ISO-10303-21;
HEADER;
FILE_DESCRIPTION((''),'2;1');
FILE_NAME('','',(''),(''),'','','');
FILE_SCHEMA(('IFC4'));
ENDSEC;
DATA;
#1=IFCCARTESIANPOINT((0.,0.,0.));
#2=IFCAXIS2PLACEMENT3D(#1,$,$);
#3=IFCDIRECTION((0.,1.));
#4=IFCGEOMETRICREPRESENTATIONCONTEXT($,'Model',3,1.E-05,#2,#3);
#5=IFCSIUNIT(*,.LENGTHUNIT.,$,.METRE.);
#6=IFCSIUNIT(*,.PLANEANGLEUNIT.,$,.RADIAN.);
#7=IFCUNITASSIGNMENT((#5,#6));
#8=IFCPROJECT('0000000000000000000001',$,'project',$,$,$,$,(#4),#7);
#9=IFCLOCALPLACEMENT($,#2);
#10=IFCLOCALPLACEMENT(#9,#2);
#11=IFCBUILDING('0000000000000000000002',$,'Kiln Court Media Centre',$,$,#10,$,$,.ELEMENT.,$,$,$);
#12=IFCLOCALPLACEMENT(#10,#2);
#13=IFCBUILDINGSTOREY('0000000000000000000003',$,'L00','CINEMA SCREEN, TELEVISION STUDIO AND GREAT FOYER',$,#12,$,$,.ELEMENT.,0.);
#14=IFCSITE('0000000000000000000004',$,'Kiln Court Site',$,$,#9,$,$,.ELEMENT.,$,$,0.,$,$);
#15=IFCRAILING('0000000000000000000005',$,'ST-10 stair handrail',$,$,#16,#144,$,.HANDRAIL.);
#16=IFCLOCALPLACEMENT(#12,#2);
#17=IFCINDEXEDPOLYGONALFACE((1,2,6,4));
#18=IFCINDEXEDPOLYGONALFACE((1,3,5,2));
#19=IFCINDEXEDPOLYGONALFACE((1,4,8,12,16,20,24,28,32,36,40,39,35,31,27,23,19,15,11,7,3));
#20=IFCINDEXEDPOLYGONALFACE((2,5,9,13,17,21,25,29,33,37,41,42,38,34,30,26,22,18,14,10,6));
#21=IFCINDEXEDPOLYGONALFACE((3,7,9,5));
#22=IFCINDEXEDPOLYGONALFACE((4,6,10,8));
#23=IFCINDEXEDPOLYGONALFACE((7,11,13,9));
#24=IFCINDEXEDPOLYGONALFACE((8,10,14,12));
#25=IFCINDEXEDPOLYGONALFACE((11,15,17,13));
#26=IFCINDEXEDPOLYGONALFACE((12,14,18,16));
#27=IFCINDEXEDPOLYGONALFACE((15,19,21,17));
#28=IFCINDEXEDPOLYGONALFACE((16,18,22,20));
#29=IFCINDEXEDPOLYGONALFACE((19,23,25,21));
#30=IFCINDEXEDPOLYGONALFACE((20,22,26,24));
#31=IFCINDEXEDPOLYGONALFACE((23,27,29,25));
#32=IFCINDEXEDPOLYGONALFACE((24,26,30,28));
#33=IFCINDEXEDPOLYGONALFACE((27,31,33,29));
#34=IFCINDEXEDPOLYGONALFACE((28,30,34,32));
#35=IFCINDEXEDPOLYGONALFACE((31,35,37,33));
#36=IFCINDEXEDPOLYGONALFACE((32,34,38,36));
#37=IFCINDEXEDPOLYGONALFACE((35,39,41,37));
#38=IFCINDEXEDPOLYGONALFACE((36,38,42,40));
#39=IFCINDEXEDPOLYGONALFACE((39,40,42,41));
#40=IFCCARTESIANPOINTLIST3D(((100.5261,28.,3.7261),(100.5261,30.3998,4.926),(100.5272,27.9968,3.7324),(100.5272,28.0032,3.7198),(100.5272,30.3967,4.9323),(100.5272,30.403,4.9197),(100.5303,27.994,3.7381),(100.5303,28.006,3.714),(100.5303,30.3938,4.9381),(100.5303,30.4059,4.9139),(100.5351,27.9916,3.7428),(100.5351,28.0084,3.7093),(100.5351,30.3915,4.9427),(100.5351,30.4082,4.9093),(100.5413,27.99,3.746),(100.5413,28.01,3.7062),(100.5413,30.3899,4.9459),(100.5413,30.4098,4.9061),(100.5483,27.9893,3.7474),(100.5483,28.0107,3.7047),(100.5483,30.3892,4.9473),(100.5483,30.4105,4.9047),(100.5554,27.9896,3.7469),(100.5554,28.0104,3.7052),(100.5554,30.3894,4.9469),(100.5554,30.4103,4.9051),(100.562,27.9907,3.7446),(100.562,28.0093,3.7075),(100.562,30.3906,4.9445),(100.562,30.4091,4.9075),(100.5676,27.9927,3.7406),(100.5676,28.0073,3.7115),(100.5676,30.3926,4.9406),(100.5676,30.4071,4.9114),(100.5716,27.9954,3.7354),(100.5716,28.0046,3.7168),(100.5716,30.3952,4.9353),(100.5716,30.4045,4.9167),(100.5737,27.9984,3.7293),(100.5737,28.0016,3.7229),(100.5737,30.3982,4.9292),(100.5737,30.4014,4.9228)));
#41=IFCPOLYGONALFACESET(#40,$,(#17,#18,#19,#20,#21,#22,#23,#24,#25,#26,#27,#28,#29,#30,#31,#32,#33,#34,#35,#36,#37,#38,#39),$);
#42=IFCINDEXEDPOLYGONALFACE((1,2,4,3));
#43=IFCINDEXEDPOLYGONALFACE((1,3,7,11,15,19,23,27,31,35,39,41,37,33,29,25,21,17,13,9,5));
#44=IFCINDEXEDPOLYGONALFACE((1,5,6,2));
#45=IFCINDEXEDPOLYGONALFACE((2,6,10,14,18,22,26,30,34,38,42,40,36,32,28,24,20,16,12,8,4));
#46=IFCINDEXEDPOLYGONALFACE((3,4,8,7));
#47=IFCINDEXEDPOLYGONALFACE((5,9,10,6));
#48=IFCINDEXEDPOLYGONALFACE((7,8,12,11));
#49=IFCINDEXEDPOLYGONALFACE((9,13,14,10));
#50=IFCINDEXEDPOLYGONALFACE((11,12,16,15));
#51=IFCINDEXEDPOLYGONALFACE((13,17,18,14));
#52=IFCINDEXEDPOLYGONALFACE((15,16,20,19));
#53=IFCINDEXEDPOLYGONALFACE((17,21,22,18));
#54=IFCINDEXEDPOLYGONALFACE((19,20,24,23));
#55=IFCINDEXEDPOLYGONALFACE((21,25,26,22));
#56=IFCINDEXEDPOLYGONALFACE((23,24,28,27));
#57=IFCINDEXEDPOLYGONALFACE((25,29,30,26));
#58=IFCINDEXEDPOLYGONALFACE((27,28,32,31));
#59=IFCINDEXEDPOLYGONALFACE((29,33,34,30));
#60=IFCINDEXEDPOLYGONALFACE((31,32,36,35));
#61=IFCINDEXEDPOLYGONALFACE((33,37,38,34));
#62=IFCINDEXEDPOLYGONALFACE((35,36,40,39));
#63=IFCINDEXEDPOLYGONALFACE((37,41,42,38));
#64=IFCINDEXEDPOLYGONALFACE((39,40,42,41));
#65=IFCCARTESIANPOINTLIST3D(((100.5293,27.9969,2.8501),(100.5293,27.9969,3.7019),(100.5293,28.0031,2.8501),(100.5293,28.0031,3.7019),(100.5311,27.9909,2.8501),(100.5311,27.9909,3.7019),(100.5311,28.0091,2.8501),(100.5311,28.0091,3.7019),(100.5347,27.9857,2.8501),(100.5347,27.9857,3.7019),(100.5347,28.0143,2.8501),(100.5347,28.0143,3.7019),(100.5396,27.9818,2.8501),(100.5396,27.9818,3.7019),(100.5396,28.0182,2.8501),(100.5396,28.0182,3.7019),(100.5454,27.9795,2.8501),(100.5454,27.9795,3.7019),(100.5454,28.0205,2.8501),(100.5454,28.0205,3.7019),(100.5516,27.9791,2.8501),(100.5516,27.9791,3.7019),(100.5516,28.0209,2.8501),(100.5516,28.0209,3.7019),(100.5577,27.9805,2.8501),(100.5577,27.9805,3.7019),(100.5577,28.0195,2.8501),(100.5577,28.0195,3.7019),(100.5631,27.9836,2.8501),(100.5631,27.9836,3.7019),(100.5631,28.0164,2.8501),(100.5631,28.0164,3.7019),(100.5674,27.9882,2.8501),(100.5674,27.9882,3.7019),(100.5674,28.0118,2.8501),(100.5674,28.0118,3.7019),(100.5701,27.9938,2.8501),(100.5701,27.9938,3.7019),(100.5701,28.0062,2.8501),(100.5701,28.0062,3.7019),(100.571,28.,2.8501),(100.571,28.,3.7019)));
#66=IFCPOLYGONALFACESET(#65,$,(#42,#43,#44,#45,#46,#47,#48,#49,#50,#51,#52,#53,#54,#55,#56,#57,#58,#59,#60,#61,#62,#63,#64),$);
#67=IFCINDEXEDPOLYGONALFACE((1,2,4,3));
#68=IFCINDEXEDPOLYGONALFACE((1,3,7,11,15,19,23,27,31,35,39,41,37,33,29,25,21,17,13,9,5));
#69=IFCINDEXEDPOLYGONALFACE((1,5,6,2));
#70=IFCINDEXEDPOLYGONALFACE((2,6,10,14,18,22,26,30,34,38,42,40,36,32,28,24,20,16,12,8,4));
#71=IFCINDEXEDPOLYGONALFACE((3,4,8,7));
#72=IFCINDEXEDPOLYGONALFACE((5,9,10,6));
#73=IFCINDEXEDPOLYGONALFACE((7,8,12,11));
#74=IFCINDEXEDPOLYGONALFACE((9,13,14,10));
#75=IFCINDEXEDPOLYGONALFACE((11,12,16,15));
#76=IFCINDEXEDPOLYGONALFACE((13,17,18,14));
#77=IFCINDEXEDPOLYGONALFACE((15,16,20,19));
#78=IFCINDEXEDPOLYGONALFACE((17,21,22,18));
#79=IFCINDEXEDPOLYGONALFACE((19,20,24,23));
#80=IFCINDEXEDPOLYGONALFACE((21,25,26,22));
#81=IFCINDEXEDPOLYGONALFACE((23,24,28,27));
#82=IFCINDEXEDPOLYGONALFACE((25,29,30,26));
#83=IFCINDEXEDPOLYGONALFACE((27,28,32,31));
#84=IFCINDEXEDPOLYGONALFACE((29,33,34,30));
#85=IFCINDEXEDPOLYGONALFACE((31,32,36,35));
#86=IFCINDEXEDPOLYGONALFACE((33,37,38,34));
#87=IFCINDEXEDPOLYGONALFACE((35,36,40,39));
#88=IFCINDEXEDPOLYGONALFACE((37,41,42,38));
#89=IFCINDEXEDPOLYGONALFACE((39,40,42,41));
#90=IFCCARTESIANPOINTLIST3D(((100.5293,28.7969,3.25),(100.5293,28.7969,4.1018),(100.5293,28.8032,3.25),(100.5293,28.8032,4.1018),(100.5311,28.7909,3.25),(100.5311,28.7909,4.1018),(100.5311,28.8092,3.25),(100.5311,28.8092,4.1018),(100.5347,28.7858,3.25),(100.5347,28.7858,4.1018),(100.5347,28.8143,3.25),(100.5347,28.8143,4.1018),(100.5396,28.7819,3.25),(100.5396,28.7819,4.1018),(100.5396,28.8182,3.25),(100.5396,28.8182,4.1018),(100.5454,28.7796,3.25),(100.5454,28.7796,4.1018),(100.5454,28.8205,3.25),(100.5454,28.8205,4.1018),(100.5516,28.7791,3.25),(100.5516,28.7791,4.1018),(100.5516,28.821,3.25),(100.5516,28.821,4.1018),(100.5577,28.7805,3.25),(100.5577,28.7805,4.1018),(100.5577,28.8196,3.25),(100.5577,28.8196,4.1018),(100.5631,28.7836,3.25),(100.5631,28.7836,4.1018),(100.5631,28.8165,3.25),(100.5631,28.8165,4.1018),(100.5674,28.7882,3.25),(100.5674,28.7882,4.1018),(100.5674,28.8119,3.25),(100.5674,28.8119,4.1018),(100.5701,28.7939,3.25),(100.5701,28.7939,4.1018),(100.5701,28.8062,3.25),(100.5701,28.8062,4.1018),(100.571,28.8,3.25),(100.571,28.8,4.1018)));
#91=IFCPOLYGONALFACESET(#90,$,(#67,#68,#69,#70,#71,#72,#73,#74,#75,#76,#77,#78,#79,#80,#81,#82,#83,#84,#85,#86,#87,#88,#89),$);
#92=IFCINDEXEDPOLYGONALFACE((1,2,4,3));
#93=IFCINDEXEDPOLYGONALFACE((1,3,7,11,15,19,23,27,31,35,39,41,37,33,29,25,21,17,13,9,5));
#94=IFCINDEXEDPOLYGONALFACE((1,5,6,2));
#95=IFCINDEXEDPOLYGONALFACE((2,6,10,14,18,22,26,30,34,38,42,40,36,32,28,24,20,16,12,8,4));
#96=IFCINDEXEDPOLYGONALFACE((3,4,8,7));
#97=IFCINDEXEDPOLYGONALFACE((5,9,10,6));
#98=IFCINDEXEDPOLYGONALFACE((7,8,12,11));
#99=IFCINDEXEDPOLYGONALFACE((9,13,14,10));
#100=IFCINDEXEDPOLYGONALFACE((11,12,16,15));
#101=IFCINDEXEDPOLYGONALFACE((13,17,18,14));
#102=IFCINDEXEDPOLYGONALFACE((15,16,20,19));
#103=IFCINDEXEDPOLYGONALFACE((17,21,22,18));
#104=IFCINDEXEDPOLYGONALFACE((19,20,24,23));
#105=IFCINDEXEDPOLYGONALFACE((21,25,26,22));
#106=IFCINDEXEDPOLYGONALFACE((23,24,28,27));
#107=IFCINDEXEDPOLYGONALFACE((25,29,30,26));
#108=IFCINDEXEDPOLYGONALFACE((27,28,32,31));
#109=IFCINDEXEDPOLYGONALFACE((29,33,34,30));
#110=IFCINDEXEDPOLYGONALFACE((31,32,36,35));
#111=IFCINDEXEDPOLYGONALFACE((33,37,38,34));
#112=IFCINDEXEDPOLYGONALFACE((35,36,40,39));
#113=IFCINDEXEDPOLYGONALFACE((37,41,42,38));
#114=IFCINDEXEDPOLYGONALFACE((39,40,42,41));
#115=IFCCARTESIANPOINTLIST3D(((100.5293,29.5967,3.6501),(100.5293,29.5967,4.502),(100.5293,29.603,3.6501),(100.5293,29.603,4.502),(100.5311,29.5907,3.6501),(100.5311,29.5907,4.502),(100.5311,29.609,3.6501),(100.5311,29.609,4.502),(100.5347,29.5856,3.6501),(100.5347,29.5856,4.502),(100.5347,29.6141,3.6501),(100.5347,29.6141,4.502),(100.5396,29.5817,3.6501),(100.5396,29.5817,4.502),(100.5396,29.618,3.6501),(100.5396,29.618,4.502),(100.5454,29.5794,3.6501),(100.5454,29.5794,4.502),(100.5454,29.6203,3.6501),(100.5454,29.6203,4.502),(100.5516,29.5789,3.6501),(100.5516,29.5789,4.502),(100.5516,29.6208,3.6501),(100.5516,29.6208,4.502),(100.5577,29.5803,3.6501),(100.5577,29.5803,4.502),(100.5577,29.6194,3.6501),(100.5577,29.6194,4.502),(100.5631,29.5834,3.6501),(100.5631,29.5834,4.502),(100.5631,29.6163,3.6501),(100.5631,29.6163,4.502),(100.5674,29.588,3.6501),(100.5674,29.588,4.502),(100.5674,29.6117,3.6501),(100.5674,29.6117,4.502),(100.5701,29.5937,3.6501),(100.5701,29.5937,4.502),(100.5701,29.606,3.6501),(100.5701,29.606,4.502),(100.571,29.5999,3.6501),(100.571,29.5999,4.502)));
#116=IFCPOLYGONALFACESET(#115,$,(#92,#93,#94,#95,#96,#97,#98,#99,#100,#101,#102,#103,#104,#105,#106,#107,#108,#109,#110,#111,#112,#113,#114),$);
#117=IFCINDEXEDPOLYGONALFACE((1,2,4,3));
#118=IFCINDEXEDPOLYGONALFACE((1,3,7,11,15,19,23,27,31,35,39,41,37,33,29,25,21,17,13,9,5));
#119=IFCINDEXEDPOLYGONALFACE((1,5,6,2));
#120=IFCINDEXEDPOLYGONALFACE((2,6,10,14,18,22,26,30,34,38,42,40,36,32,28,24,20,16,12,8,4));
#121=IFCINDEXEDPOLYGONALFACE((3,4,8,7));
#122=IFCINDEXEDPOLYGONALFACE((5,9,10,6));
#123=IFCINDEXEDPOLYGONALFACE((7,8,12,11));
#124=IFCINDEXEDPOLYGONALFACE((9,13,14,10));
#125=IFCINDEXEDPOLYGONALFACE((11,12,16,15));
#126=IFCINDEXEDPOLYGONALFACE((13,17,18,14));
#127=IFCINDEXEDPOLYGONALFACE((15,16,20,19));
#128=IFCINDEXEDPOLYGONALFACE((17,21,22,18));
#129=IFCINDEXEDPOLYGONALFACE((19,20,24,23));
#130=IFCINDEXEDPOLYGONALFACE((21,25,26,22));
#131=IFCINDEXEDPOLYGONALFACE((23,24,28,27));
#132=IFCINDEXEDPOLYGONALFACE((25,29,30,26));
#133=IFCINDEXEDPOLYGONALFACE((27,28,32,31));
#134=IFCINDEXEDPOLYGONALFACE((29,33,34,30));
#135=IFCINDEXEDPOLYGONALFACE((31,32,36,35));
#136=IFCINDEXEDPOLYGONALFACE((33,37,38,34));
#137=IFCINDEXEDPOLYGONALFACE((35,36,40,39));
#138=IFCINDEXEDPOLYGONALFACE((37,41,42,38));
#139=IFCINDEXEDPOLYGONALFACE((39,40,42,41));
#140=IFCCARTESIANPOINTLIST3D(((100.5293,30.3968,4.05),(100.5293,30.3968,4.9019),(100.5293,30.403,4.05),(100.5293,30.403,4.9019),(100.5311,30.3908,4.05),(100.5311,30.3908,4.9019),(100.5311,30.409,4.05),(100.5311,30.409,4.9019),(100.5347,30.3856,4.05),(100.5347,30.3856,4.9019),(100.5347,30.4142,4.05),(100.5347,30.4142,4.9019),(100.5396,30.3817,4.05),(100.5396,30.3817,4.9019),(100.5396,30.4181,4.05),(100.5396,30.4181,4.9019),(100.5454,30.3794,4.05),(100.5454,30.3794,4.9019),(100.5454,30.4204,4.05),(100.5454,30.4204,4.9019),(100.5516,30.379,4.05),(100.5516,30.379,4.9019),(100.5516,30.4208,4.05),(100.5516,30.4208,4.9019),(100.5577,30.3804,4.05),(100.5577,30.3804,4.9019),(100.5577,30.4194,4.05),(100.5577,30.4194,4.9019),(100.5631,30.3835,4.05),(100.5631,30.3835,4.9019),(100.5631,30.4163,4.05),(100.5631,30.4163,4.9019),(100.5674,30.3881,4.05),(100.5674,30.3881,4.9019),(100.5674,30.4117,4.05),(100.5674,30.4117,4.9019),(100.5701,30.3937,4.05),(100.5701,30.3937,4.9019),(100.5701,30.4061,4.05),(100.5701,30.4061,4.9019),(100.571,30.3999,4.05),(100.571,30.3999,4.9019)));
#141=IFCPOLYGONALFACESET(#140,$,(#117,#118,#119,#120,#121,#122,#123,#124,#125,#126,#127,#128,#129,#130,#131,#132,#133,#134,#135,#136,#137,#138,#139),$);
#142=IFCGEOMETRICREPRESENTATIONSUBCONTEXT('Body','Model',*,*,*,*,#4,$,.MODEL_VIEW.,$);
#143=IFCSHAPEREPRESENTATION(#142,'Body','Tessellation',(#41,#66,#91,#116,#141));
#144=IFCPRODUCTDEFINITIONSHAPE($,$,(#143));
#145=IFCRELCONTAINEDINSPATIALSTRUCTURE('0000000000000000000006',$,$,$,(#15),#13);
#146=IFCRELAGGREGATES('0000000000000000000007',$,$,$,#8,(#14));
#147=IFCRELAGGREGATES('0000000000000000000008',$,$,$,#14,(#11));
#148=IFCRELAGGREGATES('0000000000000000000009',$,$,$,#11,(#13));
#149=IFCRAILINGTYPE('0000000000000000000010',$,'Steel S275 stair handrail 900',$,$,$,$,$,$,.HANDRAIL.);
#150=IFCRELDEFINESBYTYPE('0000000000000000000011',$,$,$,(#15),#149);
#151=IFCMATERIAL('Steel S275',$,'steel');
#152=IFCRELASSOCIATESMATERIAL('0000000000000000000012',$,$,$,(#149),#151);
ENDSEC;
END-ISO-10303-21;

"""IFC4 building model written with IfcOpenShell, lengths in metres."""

from ifc_helpers import new_model, si_unit, direction, frame, origin, origin_2d, place, context, subcontext, project, spatial, circle, extrude, material, type_object, element, save


model = new_model("IFC4")

# Units and contexts
model_context = context("Model", 3, precision=1e-05, world=origin(), true_north=direction((0.0, 1.0)))
body_context = subcontext(model_context, "Body", "Model", "MODEL_VIEW")
ifc_project = project(units=[si_unit("LENGTHUNIT", "METRE"), si_unit("PLANEANGLEUNIT", "RADIAN")], contexts=[model_context])

# Site, building, storey
site_placement = place(None, origin())
site = spatial("IfcSite", under=ifc_project, at=site_placement, Name="Kiln Court Site", CompositionType="ELEMENT", RefElevation=0.0)
building_placement = place(site_placement, origin())
building = spatial("IfcBuilding", under=site, at=building_placement, Name="Kiln Court Media Centre", CompositionType="ELEMENT")
storey_placement = place(building_placement, origin())
storey = spatial("IfcBuildingStorey", under=building, at=storey_placement, Name="L00", Description="CINEMA SCREEN, TELEVISION STUDIO AND GREAT FOYER", CompositionType="ELEMENT", Elevation=0.0)

# Railing
ifc_material_1 = material(Name="Steel S275", Category="steel")
railing_type_1 = type_object("IfcRailingType", Name="Steel S275 stair handrail 900", PredefinedType="HANDRAIL", material=ifc_material_1)
railing_1_placement = place(storey_placement, frame((100.55, 28.0, 2.8501)))
element("IfcRailing", 1, at=railing_1_placement, inside=storey, type_object=railing_type_1, Name="ST-10 stair handrail", PredefinedType="HANDRAIL", context=body_context, shape_type="SweptSolid", body=[
    extrude(circle(Radius=0.0239, at=origin_2d()), frame((0.0, 0.0, 0.876), z_axis=(0.0, 0.894427, 0.447214), x_axis=(-1.0, 0.0, 0.0)), (0.0, 0.0, 1.0), 2.6831),
    extrude(circle(Radius=0.021, at=origin_2d()), origin(), (0.0, 0.0, 1.0), 0.8518),
    extrude(circle(Radius=0.021, at=origin_2d()), frame((0.0, 0.8, 0.3999)), (0.0, 0.0, 1.0), 0.8518),
    extrude(circle(Radius=0.021, at=origin_2d()), frame((0.0, 1.5999, 0.8)), (0.0, 0.0, 1.0), 0.8518),
    extrude(circle(Radius=0.021, at=origin_2d()), frame((0.0, 2.3999, 1.2)), (0.0, 0.0, 1.0), 0.8518),
])

save(model, "model.ifc")
